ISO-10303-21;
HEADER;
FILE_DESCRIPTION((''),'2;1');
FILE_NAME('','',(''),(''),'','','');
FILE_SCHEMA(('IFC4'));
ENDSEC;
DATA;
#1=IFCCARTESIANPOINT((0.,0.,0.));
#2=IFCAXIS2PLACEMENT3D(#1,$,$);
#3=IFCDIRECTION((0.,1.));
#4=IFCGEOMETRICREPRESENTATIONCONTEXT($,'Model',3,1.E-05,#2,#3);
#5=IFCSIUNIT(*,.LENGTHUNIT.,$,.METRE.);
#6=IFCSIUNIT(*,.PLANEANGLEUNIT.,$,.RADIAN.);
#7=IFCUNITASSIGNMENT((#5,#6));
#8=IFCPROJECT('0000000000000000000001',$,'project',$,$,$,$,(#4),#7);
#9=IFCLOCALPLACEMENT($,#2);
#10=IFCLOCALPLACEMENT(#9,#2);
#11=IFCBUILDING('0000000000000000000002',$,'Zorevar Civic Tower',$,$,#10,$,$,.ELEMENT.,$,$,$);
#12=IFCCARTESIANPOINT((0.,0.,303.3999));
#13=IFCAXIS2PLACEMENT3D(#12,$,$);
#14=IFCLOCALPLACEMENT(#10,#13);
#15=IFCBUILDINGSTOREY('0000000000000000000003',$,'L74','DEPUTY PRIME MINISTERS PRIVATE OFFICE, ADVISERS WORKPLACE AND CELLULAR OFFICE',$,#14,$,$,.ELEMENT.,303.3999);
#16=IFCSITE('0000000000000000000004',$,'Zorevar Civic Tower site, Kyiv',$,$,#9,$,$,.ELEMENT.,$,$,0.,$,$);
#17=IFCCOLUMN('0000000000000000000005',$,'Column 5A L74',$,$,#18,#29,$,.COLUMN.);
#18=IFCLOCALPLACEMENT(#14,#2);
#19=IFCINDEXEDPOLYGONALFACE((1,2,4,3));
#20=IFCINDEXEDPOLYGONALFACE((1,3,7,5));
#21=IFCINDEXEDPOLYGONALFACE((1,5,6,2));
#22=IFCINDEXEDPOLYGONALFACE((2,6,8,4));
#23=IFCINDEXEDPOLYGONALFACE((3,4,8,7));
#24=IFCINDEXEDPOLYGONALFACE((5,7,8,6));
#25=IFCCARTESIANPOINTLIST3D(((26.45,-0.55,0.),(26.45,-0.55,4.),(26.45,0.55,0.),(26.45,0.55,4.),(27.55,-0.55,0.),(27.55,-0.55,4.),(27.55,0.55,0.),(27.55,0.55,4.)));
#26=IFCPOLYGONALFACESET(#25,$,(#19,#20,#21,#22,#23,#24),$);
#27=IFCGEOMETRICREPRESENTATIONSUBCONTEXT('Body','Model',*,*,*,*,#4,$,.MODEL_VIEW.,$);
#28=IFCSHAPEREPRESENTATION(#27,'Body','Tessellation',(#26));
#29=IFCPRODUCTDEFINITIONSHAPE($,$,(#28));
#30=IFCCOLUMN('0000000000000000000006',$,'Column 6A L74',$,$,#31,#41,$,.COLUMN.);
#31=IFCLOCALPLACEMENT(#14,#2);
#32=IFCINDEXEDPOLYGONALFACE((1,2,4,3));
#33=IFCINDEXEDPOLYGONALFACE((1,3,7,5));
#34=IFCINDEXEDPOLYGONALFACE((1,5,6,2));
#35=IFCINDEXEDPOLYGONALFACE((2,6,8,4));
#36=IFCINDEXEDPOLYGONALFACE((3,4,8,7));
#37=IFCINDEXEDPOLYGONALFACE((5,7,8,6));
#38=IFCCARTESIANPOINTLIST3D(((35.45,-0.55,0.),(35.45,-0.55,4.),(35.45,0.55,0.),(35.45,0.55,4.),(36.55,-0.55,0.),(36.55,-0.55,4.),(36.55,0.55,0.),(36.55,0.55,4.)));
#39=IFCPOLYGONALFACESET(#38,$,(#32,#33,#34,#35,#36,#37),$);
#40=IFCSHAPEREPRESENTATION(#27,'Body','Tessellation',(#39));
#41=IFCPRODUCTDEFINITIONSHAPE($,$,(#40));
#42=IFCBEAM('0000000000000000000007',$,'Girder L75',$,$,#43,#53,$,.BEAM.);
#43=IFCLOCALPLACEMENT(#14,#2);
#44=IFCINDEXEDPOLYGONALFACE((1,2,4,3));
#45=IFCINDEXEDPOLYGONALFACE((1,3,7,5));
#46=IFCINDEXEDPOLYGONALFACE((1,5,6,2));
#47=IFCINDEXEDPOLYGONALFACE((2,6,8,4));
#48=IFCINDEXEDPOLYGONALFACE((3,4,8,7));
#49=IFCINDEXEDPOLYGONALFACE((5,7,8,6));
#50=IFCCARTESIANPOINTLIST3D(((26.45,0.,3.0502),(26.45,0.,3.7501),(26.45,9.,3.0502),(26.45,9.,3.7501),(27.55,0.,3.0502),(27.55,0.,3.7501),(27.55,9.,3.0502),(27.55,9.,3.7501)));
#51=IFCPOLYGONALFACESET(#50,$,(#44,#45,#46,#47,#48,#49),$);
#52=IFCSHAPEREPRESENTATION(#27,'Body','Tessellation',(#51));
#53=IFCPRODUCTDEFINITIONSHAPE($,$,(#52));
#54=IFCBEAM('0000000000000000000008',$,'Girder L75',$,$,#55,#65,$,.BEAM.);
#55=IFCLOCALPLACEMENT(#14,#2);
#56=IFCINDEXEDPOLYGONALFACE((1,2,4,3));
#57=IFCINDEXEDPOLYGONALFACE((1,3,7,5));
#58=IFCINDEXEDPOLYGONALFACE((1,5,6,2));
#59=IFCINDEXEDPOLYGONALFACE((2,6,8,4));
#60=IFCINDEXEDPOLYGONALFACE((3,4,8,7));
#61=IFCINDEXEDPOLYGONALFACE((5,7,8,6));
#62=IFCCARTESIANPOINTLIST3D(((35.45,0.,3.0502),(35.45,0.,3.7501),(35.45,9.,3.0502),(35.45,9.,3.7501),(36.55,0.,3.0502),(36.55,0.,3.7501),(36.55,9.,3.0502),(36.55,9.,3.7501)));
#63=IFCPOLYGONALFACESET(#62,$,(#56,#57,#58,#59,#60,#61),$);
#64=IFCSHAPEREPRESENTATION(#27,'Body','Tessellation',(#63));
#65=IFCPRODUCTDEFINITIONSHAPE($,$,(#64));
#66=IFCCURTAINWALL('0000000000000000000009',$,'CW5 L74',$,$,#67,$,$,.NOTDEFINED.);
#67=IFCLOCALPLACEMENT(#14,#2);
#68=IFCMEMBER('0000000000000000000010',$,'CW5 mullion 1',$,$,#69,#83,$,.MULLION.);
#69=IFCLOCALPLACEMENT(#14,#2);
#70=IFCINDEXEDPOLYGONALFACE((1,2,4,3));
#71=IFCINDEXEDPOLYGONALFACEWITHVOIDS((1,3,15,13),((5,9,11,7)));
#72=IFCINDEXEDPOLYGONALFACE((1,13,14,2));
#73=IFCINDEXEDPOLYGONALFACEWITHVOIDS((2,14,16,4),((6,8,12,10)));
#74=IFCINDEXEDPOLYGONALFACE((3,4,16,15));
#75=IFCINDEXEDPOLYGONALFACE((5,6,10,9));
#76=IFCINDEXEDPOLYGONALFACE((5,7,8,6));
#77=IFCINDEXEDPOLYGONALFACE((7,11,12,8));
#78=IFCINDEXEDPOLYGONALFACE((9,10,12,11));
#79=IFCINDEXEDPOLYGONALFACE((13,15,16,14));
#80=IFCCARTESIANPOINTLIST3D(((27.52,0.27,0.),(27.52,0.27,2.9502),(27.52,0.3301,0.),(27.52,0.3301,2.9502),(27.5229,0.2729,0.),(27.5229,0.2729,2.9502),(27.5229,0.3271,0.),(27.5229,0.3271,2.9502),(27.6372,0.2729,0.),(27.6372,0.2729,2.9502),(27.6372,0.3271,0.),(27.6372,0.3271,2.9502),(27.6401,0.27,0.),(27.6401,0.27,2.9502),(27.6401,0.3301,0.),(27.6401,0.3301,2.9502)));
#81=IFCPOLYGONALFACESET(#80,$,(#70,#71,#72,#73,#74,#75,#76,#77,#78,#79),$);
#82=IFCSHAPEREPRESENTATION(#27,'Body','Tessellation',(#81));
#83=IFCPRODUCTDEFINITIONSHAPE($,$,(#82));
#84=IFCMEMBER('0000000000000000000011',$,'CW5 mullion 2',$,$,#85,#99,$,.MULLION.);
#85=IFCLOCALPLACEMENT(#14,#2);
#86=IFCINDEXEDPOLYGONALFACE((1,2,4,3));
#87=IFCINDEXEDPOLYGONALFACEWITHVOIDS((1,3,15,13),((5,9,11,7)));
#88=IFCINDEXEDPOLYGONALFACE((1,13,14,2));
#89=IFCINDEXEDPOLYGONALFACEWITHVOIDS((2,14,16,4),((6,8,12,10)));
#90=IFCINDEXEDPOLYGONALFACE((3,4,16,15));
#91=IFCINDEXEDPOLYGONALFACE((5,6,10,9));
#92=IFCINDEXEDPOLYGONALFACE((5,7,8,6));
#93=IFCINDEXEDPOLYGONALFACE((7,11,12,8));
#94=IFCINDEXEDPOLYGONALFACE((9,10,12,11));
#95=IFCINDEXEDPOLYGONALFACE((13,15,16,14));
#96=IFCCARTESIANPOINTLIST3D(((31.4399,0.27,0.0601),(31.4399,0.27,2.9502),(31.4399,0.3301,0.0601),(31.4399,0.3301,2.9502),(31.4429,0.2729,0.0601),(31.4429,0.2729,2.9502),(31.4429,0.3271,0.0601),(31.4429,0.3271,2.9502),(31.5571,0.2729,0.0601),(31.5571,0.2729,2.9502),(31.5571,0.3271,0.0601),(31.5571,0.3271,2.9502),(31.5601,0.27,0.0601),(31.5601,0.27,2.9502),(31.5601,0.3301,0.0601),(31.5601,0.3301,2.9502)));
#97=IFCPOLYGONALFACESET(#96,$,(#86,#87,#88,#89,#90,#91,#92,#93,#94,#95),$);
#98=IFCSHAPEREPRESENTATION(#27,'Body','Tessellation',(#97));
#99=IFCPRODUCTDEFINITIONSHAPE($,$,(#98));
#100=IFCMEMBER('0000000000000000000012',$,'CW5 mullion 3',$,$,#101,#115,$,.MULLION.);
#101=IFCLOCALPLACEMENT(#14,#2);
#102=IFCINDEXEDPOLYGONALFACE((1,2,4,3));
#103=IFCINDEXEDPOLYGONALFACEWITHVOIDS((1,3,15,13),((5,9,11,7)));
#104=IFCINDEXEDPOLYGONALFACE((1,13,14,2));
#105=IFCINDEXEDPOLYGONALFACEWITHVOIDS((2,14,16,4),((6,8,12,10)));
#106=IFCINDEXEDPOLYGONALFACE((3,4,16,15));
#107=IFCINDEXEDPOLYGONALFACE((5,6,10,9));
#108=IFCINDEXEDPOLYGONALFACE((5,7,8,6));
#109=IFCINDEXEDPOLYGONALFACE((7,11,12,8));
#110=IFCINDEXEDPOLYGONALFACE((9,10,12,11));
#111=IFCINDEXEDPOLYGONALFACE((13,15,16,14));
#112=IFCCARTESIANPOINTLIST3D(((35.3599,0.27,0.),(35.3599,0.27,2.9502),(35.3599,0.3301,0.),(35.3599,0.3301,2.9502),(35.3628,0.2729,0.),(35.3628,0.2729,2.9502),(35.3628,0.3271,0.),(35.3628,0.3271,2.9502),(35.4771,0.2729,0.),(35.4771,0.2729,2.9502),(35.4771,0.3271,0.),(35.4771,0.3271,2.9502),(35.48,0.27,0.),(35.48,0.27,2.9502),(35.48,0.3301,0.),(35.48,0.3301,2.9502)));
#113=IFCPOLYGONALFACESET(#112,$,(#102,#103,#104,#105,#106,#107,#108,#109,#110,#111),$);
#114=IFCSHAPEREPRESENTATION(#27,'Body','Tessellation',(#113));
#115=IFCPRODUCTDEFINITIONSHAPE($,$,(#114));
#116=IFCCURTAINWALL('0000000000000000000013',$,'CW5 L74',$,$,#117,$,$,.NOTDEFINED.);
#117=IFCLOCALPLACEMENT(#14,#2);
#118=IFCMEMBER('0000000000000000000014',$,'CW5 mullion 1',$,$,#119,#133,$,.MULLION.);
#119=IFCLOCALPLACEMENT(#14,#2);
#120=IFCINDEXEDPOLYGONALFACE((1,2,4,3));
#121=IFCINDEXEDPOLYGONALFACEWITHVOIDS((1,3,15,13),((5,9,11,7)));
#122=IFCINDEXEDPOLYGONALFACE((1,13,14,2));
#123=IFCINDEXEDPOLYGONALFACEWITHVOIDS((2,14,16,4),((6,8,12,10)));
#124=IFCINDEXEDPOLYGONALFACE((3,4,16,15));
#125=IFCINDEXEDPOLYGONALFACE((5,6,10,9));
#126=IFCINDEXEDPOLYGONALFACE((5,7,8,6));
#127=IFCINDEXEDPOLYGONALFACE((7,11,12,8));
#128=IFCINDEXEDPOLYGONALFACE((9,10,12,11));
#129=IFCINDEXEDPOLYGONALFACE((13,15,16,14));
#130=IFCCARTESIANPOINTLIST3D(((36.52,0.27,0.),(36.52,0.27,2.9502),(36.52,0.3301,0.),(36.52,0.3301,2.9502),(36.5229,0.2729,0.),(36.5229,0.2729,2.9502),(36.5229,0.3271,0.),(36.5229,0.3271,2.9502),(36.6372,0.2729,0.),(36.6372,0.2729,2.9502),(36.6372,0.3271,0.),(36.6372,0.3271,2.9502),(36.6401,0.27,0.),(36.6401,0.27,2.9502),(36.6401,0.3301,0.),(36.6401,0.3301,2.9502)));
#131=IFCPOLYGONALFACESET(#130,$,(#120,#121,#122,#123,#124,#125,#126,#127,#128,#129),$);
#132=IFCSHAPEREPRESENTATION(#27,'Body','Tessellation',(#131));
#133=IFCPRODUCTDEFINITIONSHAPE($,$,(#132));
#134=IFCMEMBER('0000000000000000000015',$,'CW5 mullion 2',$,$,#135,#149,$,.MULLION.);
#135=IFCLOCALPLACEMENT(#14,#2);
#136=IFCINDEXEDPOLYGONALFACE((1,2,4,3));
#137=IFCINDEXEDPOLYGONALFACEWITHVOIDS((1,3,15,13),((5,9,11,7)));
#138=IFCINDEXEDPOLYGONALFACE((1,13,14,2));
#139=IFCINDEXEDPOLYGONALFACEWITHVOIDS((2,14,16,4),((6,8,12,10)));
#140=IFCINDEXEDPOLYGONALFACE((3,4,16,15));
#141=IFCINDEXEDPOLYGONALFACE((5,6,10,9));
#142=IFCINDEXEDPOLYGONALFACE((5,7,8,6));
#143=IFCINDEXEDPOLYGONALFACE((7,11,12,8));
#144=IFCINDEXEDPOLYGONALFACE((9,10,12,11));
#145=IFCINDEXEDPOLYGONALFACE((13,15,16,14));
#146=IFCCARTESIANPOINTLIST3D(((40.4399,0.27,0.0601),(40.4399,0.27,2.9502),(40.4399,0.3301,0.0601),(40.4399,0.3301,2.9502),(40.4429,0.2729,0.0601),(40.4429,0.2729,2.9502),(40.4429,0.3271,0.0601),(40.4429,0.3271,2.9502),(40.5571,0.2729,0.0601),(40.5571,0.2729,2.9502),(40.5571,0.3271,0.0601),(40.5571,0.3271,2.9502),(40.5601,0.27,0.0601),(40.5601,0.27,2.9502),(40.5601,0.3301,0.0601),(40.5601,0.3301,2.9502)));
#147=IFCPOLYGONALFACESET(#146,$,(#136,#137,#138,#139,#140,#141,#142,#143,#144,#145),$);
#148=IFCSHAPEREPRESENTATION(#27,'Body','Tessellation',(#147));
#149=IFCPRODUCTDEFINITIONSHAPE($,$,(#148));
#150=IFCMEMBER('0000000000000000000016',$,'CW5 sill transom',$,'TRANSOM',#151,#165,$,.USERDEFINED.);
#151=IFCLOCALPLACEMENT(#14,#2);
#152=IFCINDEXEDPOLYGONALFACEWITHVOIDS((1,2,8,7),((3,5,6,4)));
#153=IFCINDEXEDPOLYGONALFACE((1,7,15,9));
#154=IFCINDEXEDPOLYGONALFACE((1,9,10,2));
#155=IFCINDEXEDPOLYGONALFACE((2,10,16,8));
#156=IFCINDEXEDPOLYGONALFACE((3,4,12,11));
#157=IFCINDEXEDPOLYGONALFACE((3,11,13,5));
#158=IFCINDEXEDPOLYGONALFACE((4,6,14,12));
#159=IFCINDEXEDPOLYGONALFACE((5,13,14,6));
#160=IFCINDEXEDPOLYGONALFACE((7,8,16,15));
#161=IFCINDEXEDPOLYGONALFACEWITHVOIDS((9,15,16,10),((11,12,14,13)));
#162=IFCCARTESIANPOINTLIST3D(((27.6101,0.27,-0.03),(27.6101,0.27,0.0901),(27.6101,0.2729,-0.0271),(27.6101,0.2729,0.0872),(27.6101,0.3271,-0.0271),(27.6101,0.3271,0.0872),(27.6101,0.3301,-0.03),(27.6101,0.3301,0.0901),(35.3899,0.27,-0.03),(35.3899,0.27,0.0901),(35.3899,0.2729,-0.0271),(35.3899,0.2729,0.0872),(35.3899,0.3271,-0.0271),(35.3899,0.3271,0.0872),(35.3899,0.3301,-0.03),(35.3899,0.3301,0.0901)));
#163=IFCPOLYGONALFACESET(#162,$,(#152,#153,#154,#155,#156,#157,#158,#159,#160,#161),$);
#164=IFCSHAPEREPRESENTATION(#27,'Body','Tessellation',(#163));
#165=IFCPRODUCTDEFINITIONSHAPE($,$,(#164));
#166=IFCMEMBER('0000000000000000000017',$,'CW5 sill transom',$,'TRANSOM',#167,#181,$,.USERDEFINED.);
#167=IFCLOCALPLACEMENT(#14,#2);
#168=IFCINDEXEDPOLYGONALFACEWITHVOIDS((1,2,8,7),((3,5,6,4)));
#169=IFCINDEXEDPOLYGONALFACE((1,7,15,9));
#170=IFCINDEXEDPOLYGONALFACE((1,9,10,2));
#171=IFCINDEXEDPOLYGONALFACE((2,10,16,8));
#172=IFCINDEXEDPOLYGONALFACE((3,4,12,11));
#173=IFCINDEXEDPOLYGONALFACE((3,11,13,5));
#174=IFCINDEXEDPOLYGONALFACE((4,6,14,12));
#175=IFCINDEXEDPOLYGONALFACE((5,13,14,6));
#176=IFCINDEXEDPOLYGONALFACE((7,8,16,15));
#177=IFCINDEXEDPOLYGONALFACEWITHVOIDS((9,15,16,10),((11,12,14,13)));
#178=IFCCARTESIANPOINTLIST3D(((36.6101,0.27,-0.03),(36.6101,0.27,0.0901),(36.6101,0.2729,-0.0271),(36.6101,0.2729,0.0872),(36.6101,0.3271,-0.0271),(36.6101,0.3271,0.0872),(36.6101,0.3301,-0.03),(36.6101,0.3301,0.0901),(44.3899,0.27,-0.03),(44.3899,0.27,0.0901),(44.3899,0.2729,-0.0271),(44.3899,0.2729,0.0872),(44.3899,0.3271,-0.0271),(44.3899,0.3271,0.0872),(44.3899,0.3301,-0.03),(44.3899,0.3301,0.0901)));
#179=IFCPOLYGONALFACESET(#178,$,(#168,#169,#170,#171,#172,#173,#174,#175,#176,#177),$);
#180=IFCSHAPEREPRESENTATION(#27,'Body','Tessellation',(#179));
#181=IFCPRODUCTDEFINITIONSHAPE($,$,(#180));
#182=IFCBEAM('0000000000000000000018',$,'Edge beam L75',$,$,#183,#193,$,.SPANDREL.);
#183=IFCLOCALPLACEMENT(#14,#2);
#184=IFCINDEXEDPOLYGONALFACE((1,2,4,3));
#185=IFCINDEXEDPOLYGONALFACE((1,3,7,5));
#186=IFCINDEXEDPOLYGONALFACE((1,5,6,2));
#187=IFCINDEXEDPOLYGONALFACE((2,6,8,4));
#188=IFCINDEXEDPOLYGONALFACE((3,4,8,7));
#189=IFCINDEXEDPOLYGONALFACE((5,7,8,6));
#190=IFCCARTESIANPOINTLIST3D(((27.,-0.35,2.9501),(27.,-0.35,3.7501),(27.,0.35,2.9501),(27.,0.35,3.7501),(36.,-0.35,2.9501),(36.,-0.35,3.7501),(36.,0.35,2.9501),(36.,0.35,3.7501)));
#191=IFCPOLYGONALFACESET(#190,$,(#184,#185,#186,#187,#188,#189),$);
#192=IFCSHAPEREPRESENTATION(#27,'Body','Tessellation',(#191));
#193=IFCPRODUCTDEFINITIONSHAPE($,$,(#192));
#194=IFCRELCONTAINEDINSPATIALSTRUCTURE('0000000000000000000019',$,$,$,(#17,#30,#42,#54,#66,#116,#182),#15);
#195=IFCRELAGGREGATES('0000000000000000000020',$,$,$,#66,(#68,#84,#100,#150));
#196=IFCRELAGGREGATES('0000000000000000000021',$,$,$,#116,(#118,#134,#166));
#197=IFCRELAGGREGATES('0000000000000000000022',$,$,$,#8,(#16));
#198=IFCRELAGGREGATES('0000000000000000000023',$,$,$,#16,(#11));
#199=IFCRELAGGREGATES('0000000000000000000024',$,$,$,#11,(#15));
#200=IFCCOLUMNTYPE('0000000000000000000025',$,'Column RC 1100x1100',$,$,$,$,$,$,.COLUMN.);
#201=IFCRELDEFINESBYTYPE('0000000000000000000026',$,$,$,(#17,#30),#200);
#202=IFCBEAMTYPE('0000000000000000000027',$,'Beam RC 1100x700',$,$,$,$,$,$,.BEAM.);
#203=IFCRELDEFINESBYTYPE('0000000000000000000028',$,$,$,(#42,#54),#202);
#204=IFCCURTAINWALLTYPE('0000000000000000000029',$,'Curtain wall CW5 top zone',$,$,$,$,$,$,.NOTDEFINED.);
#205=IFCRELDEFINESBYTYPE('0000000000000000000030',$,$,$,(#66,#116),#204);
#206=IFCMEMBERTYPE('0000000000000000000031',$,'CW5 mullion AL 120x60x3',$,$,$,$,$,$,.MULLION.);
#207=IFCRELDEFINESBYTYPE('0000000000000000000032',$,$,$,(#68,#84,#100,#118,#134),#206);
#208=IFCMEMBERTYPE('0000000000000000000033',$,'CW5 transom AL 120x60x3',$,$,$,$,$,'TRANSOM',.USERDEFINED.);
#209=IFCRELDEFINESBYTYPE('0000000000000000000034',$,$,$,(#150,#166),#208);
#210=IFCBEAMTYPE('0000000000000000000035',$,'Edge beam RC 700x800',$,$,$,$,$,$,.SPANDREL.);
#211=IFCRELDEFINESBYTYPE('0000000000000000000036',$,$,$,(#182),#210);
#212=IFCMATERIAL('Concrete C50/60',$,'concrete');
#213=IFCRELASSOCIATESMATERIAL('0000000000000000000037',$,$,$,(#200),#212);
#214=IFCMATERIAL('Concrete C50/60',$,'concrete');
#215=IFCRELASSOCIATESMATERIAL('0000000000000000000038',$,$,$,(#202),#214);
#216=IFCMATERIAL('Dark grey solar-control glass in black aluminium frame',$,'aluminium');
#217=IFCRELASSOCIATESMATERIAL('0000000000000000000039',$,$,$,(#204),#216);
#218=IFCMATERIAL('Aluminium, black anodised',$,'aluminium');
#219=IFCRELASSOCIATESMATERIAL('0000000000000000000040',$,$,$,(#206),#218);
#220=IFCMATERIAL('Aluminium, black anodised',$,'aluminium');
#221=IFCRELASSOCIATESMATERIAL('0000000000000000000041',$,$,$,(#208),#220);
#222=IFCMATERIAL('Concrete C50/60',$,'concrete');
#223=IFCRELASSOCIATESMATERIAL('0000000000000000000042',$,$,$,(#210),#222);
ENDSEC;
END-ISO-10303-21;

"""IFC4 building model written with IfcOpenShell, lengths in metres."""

from ifc_helpers import new_model, si_unit, direction, frame, origin, origin_2d, place, context, subcontext, project, spatial, rectangle, hollow_rectangle, extrude, material, material_profile, profile_set, type_object, element, aggregate, save


model = new_model("IFC4")

# Units and contexts
model_context = context("Model", 3, precision=1e-05, world=origin(), true_north=direction((0.0, 1.0)))
body_context = subcontext(model_context, "Body", "Model", "MODEL_VIEW")
ifc_project = project(units=[si_unit("LENGTHUNIT", "METRE"), si_unit("PLANEANGLEUNIT", "RADIAN")], contexts=[model_context])

# Site, building, storey
site_placement = place(None, origin())
site = spatial("IfcSite", under=ifc_project, at=site_placement, Name="Zorevar Civic Tower site, Kyiv", CompositionType="ELEMENT", RefElevation=0.0)
building_placement = place(site_placement, origin())
building = spatial("IfcBuilding", under=site, at=building_placement, Name="Zorevar Civic Tower", CompositionType="ELEMENT")
storey_placement = place(building_placement, frame((0.0, 0.0, 303.3999)))
storey = spatial("IfcBuildingStorey", under=building, at=storey_placement, Name="L74", Description="DEPUTY PRIME MINISTERS PRIVATE OFFICE, ADVISERS WORKPLACE AND CELLULAR OFFICE", CompositionType="ELEMENT", Elevation=303.3999)

# Columns
ifc_material_1 = material(Name="Concrete C50/60", Category="concrete")
ifc_material_profile_1 = material_profile(ifc_material_1, rectangle(XDim=1.1001, YDim=1.1001, at=origin_2d()), Name="RC 1100x1100")
ifc_profile_set_1 = profile_set([ifc_material_profile_1], Name="Concrete C50/60")
column_type = type_object("IfcColumnType", Name="Column RC 1100x1100", PredefinedType="COLUMN", material=ifc_profile_set_1)
for number, where, z_axis, x_axis, name in (
    (1, (27.0, 0.0, 0.0), (0.0, 0.0, 1.0), (1.0, 0.0, 0.0), "Column 5A L74"),
    (2, (36.0, 0.0, 0.0), (0.0, 0.0, 1.0), (1.0, 0.0, 0.0), "Column 6A L74"),
):
    element("IfcColumn", number, at=place(storey_placement, frame(where, z_axis=z_axis, x_axis=x_axis)), inside=storey, type_object=column_type, Name=name, PredefinedType="COLUMN", context=body_context, shape_type="SweptSolid", body=[
        extrude(rectangle(XDim=1.1001, YDim=1.1001, at=origin_2d()), origin(), (0.0, 0.0, 1.0), 4.0),
    ])

# Beams
ifc_material_2 = material(Name="Concrete C50/60", Category="concrete")
ifc_material_profile_2 = material_profile(ifc_material_2, rectangle(XDim=1.1001, YDim=0.7, at=origin_2d()), Name="RC 1100x700")
ifc_profile_set_2 = profile_set([ifc_material_profile_2], Name="Concrete C50/60")
beam_type_1 = type_object("IfcBeamType", Name="Beam RC 1100x700", PredefinedType="BEAM", material=ifc_profile_set_2)
for number, where, z_axis, x_axis, name in (
    (3, (27.0, 0.0, 3.4001), (0.0, 1.0, 0.0), (-1.0, 0.0, 0.0), "Girder L75"),
    (4, (36.0, 0.0, 3.4001), (0.0, 1.0, 0.0), (-1.0, 0.0, 0.0), "Girder L75"),
):
    element("IfcBeam", number, at=place(storey_placement, frame(where, z_axis=z_axis, x_axis=x_axis)), inside=storey, type_object=beam_type_1, Name=name, PredefinedType="BEAM", context=body_context, shape_type="SweptSolid", body=[
        extrude(rectangle(XDim=1.1001, YDim=0.7, at=origin_2d()), origin(), (0.0, 0.0, 1.0), 9.0),
    ])

# Curtain walls, members
ifc_material_3 = material(Name="Dark grey solar-control glass in black aluminium frame", Category="aluminium")
curtain_wall_type = type_object("IfcCurtainWallType", Name="Curtain wall CW5 top zone", PredefinedType="NOTDEFINED", material=ifc_material_3)
curtain_wall_1_placement = place(storey_placement, origin())
curtain_wall_1 = element("IfcCurtainWall", 5, at=curtain_wall_1_placement, inside=storey, type_object=curtain_wall_type, Name="CW5 L74", PredefinedType="NOTDEFINED")
ifc_material_4 = material(Name="Aluminium, black anodised", Category="aluminium")
ifc_material_profile_3 = material_profile(ifc_material_4, hollow_rectangle(XDim=0.0601, YDim=0.1201, WallThickness=0.0029, at=origin_2d()), Name="AL 120x60x3")
ifc_profile_set_3 = profile_set([ifc_material_profile_3], Name="Aluminium, black anodised")
member_type_1 = type_object("IfcMemberType", Name="CW5 mullion AL 120x60x3", PredefinedType="MULLION", material=ifc_profile_set_3)
member_1_placement = place(storey_placement, frame((27.5801, 0.3, 0.0), z_axis=(0.0, 0.0, 1.0), x_axis=(0.0, 1.0, 0.0)))
member_1 = element("IfcMember", 6, at=member_1_placement, type_object=member_type_1, Name="CW5 mullion 1", PredefinedType="MULLION", context=body_context, shape_type="SweptSolid", body=[
    extrude(hollow_rectangle(XDim=0.0601, YDim=0.1201, WallThickness=0.0029, at=origin_2d()), origin(), (0.0, 0.0, 1.0), 2.9502),
])
member_2_placement = place(storey_placement, frame((31.5, 0.3, 0.0601), z_axis=(0.0, 0.0, 1.0), x_axis=(0.0, 1.0, 0.0)))
member_2 = element("IfcMember", 7, at=member_2_placement, type_object=member_type_1, Name="CW5 mullion 2", PredefinedType="MULLION", context=body_context, shape_type="SweptSolid", body=[
    extrude(hollow_rectangle(XDim=0.0601, YDim=0.1201, WallThickness=0.0029, at=origin_2d()), origin(), (0.0, 0.0, 1.0), 2.8901),
])
member_3_placement = place(storey_placement, frame((35.4199, 0.3, 0.0), z_axis=(0.0, 0.0, 1.0), x_axis=(0.0, 1.0, 0.0)))
member_3 = element("IfcMember", 8, at=member_3_placement, type_object=member_type_1, Name="CW5 mullion 3", PredefinedType="MULLION", context=body_context, shape_type="SweptSolid", body=[
    extrude(hollow_rectangle(XDim=0.0601, YDim=0.1201, WallThickness=0.0029, at=origin_2d()), origin(), (0.0, 0.0, 1.0), 2.9502),
])
curtain_wall_2_placement = place(storey_placement, origin())
curtain_wall_2 = element("IfcCurtainWall", 9, at=curtain_wall_2_placement, inside=storey, type_object=curtain_wall_type, Name="CW5 L74", PredefinedType="NOTDEFINED")
member_4_placement = place(storey_placement, frame((36.5801, 0.3, 0.0), z_axis=(0.0, 0.0, 1.0), x_axis=(0.0, 1.0, 0.0)))
member_4 = element("IfcMember", 10, at=member_4_placement, type_object=member_type_1, Name="CW5 mullion 1", PredefinedType="MULLION", context=body_context, shape_type="SweptSolid", body=[
    extrude(hollow_rectangle(XDim=0.0601, YDim=0.1201, WallThickness=0.0029, at=origin_2d()), origin(), (0.0, 0.0, 1.0), 2.9502),
])
member_5_placement = place(storey_placement, frame((40.5, 0.3, 0.0601), z_axis=(0.0, 0.0, 1.0), x_axis=(0.0, 1.0, 0.0)))
member_5 = element("IfcMember", 11, at=member_5_placement, type_object=member_type_1, Name="CW5 mullion 2", PredefinedType="MULLION", context=body_context, shape_type="SweptSolid", body=[
    extrude(hollow_rectangle(XDim=0.0601, YDim=0.1201, WallThickness=0.0029, at=origin_2d()), origin(), (0.0, 0.0, 1.0), 2.8901),
])

# Members
ifc_material_5 = material(Name="Aluminium, black anodised", Category="aluminium")
ifc_material_profile_4 = material_profile(ifc_material_5, hollow_rectangle(XDim=0.0601, YDim=0.1201, WallThickness=0.0029, at=origin_2d()), Name="AL 120x60x3")
ifc_profile_set_4 = profile_set([ifc_material_profile_4], Name="Aluminium, black anodised")
member_type_2 = type_object("IfcMemberType", Name="CW5 transom AL 120x60x3", ElementType="TRANSOM", PredefinedType="USERDEFINED", material=ifc_profile_set_4)
member_6_placement = place(storey_placement, frame((27.6101, 0.3, 0.03), z_axis=(1.0, 0.0, 0.0), x_axis=(0.0, 1.0, 0.0)))
member_6 = element("IfcMember", 12, at=member_6_placement, type_object=member_type_2, Name="CW5 sill transom", ObjectType="TRANSOM", PredefinedType="USERDEFINED", context=body_context, shape_type="SweptSolid", body=[
    extrude(hollow_rectangle(XDim=0.0601, YDim=0.1201, WallThickness=0.0029, at=origin_2d()), origin(), (0.0, 0.0, 1.0), 7.7798),
])
member_7_placement = place(storey_placement, frame((36.6101, 0.3, 0.03), z_axis=(1.0, 0.0, 0.0), x_axis=(0.0, 1.0, 0.0)))
member_7 = element("IfcMember", 13, at=member_7_placement, type_object=member_type_2, Name="CW5 sill transom", ObjectType="TRANSOM", PredefinedType="USERDEFINED", context=body_context, shape_type="SweptSolid", body=[
    extrude(hollow_rectangle(XDim=0.0601, YDim=0.1201, WallThickness=0.0029, at=origin_2d()), origin(), (0.0, 0.0, 1.0), 7.7798),
])

# Beam
ifc_material_6 = material(Name="Concrete C50/60", Category="concrete")
ifc_material_profile_5 = material_profile(ifc_material_6, rectangle(XDim=0.7, YDim=0.8, at=origin_2d()), Name="RC 700x800")
ifc_profile_set_5 = profile_set([ifc_material_profile_5], Name="Concrete C50/60")
beam_type_2 = type_object("IfcBeamType", Name="Edge beam RC 700x800", PredefinedType="SPANDREL", material=ifc_profile_set_5)
for number, where, z_axis, x_axis, name in (
    (14, (27.0, 0.0, 3.3501), (1.0, 0.0, 0.0), (0.0, 1.0, 0.0), "Edge beam L75"),
):
    element("IfcBeam", number, at=place(storey_placement, frame(where, z_axis=z_axis, x_axis=x_axis)), inside=storey, type_object=beam_type_2, Name=name, PredefinedType="SPANDREL", context=body_context, shape_type="SweptSolid", body=[
        extrude(rectangle(XDim=0.7, YDim=0.8, at=origin_2d()), origin(), (0.0, 0.0, 1.0), 9.0),
    ])

aggregate(curtain_wall_1, [member_1, member_2, member_3, member_6])
aggregate(curtain_wall_2, [member_4, member_5, member_7])

save(model, "model.ifc")
